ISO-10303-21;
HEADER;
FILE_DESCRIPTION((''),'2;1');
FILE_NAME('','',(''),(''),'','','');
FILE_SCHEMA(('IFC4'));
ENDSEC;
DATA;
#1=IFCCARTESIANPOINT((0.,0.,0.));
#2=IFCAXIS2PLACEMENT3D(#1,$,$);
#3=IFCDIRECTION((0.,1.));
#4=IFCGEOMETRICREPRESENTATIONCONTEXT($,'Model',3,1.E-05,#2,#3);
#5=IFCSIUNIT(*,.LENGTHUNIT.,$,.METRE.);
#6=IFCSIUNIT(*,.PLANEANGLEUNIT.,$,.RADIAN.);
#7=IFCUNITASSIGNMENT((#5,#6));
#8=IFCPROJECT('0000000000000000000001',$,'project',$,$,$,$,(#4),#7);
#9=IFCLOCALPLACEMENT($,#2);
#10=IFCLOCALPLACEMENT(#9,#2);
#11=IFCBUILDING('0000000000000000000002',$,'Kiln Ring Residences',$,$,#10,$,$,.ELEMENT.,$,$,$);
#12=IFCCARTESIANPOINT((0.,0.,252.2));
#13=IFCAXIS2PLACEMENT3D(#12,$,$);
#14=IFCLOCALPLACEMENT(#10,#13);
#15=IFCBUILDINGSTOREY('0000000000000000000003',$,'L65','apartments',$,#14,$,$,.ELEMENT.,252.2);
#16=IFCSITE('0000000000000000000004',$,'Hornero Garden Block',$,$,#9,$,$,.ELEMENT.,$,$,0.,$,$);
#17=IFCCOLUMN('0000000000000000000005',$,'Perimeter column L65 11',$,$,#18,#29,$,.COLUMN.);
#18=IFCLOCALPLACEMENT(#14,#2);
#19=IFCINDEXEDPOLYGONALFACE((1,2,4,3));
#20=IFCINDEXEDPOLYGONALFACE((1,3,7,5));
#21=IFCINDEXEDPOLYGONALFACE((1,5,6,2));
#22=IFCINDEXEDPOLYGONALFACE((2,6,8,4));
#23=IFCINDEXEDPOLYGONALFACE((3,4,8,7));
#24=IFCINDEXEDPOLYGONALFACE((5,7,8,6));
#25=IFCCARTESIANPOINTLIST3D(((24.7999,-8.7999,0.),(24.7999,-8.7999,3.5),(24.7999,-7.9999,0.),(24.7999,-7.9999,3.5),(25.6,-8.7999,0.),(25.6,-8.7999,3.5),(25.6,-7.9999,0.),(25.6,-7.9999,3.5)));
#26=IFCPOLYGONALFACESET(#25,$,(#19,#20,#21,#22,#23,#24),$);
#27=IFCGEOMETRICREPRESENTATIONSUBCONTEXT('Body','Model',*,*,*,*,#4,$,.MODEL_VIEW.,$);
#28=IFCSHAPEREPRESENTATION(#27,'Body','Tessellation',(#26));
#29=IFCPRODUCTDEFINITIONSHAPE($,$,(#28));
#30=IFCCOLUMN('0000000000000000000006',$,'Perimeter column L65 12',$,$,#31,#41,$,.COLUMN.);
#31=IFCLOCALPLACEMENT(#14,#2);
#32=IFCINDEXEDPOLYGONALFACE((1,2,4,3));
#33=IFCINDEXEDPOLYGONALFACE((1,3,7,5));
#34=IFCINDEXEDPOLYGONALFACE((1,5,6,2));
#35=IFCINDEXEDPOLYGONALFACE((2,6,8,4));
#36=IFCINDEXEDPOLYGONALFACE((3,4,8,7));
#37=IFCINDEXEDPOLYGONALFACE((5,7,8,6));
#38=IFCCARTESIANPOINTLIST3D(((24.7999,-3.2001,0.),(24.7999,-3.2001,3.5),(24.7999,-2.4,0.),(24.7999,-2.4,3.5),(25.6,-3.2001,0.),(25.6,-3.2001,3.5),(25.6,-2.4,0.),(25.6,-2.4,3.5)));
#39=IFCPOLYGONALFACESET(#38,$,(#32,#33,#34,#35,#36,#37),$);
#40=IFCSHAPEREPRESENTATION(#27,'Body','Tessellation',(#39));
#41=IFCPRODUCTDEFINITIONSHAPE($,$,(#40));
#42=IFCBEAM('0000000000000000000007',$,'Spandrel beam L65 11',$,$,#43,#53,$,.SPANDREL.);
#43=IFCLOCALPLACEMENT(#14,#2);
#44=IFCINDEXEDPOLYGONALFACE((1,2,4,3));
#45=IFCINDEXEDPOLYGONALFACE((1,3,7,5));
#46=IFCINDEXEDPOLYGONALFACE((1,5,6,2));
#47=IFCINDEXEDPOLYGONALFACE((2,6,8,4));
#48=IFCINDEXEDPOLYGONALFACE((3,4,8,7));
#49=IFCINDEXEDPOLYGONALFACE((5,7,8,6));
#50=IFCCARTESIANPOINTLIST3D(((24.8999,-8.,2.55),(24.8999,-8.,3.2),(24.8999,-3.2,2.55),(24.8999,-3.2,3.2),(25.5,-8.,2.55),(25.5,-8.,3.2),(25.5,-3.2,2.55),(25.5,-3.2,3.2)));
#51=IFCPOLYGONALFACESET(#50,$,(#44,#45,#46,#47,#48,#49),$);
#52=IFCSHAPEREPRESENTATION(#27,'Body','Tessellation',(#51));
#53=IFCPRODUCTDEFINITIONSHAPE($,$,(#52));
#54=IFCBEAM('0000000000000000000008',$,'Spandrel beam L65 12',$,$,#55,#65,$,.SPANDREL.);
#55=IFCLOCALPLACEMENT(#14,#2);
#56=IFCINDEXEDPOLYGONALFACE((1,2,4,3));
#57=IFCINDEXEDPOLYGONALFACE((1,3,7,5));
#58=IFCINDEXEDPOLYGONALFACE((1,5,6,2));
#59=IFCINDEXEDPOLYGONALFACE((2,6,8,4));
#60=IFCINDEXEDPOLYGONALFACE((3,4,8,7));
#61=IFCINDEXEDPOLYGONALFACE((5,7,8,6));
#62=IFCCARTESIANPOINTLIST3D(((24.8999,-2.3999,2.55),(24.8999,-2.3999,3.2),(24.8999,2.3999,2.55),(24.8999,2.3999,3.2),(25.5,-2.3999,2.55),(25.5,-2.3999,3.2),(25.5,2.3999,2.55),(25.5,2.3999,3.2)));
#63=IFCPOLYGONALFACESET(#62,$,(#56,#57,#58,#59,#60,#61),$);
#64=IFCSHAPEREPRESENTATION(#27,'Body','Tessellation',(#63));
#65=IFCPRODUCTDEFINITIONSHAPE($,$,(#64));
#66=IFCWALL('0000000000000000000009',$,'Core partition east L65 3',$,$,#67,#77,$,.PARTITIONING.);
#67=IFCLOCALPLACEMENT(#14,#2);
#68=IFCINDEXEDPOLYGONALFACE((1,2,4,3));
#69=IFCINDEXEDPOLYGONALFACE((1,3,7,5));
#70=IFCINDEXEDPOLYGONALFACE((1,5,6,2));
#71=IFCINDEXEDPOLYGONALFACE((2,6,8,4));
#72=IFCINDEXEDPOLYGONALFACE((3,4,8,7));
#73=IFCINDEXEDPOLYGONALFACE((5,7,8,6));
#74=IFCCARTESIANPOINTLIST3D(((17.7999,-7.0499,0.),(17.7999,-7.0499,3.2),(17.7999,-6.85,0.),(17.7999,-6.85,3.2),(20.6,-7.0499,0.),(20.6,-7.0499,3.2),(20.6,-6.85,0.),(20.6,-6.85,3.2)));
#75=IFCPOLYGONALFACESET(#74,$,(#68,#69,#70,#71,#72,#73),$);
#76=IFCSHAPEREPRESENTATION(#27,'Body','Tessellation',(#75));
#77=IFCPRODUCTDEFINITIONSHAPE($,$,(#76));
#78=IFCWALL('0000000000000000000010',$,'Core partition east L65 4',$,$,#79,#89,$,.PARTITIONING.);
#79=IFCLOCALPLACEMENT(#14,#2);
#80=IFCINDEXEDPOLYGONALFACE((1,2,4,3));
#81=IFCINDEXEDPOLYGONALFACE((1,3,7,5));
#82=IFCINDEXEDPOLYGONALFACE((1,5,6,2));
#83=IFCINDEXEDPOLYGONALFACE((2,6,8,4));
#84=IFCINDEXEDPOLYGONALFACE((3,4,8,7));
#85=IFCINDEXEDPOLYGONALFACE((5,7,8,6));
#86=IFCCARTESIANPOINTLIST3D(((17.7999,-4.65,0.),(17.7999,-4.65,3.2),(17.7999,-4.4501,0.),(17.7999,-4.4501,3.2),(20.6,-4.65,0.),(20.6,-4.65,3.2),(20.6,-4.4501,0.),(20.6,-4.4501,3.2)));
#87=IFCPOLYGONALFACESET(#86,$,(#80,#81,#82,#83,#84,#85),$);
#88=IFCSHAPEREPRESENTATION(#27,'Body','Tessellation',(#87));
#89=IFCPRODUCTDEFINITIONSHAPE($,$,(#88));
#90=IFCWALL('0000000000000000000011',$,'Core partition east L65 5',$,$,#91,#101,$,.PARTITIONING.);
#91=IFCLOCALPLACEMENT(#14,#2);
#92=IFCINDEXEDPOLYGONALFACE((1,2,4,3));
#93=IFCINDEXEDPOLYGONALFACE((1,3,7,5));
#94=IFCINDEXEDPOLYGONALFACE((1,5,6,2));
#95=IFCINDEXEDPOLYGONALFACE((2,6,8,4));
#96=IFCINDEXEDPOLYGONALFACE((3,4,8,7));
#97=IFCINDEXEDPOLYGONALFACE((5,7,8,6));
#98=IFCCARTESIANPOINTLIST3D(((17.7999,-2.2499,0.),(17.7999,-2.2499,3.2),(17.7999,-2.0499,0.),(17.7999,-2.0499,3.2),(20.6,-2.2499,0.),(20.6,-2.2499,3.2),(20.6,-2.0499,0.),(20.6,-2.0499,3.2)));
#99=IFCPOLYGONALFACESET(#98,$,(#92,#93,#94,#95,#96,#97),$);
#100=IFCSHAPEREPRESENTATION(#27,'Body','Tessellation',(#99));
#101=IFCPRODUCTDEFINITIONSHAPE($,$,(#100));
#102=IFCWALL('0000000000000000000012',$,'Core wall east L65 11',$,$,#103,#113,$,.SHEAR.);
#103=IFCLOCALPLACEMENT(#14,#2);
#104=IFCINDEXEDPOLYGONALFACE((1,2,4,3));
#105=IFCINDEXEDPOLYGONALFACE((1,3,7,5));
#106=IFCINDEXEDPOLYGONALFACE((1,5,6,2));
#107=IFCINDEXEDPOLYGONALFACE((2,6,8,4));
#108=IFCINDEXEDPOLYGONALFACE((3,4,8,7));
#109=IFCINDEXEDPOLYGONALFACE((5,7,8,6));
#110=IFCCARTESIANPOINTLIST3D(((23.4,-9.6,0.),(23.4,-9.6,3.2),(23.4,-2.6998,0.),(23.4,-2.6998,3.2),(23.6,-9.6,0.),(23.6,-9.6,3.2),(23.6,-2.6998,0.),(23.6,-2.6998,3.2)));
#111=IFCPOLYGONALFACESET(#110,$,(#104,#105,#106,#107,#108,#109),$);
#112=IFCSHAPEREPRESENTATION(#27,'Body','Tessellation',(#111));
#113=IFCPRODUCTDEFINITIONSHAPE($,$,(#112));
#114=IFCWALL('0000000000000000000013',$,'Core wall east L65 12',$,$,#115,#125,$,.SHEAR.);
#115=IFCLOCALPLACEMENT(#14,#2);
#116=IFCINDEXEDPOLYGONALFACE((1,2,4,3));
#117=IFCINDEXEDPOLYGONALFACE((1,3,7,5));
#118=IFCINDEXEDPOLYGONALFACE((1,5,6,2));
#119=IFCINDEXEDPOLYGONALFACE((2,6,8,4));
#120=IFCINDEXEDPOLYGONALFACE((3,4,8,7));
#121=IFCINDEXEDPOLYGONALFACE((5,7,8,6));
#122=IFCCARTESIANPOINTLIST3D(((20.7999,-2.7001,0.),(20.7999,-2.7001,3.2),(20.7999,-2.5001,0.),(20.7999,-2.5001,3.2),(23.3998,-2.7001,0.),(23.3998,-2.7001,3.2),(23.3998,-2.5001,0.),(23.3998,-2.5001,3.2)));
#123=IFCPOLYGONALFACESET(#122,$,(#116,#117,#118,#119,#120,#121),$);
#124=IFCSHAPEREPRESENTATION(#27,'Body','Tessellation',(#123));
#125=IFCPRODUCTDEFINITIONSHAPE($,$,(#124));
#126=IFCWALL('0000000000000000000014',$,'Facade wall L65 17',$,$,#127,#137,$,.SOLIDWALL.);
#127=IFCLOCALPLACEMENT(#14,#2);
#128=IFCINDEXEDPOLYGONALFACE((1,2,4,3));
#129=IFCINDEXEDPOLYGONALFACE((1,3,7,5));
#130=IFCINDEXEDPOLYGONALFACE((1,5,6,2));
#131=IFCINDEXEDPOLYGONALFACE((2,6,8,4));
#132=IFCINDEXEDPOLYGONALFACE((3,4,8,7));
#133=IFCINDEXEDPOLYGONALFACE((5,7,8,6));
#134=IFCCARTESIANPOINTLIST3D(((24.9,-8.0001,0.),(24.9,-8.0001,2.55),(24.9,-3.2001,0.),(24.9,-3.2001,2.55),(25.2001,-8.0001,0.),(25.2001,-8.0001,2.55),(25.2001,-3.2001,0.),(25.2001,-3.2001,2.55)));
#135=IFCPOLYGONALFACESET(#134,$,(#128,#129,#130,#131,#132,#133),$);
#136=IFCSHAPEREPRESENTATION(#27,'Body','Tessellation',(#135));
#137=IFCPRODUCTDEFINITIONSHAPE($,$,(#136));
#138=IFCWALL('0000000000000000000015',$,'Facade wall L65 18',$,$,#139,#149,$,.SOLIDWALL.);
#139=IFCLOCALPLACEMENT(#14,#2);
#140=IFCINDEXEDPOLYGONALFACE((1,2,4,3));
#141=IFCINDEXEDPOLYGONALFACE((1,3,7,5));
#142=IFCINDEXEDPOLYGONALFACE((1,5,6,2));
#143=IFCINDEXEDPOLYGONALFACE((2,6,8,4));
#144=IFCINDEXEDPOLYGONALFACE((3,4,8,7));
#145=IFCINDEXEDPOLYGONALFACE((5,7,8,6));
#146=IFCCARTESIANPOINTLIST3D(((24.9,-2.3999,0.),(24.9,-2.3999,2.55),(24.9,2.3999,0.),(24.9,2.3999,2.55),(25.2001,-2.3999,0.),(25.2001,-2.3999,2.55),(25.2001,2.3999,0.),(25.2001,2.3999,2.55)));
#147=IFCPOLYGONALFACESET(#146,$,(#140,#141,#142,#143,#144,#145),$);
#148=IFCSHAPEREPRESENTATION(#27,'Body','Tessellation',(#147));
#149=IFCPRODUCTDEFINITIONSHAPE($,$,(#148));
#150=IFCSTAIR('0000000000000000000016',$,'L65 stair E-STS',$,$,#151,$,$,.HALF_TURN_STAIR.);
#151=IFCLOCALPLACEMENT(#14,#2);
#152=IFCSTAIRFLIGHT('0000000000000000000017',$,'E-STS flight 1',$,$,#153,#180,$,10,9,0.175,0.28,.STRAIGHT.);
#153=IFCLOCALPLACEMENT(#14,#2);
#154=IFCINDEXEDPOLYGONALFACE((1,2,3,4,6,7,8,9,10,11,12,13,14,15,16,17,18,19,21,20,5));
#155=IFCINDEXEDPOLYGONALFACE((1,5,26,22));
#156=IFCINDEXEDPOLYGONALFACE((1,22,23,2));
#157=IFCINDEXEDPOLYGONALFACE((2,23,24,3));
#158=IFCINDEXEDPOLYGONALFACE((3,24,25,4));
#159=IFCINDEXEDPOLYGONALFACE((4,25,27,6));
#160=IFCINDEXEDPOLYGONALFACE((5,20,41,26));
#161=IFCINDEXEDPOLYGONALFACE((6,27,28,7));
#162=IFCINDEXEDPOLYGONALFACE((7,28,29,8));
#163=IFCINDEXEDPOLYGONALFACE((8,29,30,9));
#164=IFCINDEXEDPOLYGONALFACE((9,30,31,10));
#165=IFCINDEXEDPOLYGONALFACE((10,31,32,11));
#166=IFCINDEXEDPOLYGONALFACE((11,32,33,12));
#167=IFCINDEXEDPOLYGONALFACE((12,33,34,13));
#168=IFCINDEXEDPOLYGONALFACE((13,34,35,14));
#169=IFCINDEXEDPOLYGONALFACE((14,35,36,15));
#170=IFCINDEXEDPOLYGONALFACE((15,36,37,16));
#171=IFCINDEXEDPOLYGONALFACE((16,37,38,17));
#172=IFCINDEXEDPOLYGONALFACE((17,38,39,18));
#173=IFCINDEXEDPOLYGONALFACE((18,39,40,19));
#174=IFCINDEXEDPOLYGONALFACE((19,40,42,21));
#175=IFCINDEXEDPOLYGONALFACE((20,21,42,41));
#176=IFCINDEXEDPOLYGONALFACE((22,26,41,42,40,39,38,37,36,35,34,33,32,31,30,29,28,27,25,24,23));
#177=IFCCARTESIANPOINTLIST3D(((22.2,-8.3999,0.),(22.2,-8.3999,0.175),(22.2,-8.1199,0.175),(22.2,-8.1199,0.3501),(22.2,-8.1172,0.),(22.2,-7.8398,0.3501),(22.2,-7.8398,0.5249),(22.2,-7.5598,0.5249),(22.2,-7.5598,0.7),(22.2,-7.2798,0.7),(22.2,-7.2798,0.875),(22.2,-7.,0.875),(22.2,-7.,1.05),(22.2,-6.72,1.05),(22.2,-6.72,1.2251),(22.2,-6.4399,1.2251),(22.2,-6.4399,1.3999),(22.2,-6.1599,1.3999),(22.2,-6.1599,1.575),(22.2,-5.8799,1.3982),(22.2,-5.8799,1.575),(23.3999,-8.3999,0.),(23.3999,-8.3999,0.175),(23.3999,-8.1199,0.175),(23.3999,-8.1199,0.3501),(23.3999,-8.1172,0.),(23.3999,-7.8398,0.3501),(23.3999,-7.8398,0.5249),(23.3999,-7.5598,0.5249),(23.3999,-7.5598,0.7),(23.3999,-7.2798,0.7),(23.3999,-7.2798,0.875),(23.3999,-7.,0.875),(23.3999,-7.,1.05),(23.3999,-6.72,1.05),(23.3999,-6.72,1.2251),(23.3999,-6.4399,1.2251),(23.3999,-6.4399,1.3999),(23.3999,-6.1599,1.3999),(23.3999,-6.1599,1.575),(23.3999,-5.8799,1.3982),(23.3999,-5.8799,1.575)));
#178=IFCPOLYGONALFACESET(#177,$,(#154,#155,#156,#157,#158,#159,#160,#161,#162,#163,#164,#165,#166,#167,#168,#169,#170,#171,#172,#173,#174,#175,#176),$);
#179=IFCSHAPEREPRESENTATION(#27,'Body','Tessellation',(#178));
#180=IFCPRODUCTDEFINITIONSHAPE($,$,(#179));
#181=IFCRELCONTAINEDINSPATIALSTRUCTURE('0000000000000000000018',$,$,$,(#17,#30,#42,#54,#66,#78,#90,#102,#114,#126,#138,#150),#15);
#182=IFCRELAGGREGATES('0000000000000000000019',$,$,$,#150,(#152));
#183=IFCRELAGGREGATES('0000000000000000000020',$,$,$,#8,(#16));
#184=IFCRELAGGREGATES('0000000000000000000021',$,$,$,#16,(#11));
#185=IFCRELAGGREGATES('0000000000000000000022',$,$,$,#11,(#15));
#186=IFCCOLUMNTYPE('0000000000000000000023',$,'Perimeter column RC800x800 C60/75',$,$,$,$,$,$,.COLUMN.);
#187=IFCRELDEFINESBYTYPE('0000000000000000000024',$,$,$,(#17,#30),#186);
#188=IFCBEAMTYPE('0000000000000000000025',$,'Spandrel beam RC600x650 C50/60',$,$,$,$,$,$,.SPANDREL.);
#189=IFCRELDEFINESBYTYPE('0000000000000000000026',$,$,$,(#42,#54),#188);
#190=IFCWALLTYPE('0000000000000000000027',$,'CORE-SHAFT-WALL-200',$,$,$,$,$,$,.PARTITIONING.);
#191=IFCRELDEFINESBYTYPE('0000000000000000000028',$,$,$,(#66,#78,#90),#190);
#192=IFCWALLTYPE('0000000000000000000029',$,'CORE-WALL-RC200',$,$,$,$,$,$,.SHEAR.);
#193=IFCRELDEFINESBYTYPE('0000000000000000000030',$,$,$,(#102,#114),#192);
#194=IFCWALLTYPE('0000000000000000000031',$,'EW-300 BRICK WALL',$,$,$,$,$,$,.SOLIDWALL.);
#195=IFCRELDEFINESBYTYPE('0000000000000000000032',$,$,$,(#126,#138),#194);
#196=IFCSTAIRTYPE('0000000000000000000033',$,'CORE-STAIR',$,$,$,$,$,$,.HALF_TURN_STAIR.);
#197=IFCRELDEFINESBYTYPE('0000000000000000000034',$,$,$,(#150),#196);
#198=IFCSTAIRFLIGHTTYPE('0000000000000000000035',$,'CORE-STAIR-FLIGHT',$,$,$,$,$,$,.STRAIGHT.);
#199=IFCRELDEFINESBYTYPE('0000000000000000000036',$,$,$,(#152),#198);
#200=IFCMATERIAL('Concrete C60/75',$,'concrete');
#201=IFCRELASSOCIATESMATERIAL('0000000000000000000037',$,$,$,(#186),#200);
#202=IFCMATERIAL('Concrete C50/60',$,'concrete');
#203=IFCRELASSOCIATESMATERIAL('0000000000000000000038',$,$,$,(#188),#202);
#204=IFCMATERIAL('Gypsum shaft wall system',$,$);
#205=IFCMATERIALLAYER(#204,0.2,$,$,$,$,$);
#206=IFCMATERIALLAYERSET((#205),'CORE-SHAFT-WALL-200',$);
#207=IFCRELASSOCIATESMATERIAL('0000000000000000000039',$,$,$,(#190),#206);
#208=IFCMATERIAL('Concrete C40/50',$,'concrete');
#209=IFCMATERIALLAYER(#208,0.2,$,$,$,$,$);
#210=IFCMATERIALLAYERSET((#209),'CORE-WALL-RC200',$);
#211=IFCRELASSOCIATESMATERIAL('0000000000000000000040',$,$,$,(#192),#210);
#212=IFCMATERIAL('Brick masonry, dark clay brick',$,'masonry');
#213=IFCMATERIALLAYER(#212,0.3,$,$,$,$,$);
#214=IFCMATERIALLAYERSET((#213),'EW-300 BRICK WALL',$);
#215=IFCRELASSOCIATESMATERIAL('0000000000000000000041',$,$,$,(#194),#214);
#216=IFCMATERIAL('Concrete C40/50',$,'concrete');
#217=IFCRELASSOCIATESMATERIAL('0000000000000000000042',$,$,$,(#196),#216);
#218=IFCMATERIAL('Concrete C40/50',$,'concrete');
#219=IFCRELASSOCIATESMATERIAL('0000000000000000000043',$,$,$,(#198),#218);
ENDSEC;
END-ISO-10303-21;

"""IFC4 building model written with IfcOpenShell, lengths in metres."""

from ifc_helpers import new_model, si_unit, direction, frame, frame_2d, origin, origin_2d, place, context, subcontext, project, spatial, polyline, rectangle, outline, extrude, material, layer, layer_set, material_profile, profile_set, type_object, element, aggregate, save


model = new_model("IFC4")

# Units and contexts
model_context = context("Model", 3, precision=1e-05, world=origin(), true_north=direction((0.0, 1.0)))
body_context = subcontext(model_context, "Body", "Model", "MODEL_VIEW")
ifc_project = project(units=[si_unit("LENGTHUNIT", "METRE"), si_unit("PLANEANGLEUNIT", "RADIAN")], contexts=[model_context])

# Site, building, storey
site_placement = place(None, origin())
site = spatial("IfcSite", under=ifc_project, at=site_placement, Name="Hornero Garden Block", CompositionType="ELEMENT", RefElevation=0.0)
building_placement = place(site_placement, origin())
building = spatial("IfcBuilding", under=site, at=building_placement, Name="Kiln Ring Residences", CompositionType="ELEMENT")
storey_placement = place(building_placement, frame((0.0, 0.0, 252.2)))
storey = spatial("IfcBuildingStorey", under=building, at=storey_placement, Name="L65", Description="apartments", CompositionType="ELEMENT", Elevation=252.2)

# Columns
ifc_material_1 = material(Name="Concrete C60/75", Category="concrete")
ifc_material_profile_1 = material_profile(ifc_material_1, rectangle(XDim=0.8, YDim=0.8, at=origin_2d()), Name="RC800x800")
ifc_profile_set_1 = profile_set([ifc_material_profile_1], Name="Concrete C60/75")
column_type = type_object("IfcColumnType", Name="Perimeter column RC800x800 C60/75", PredefinedType="COLUMN", material=ifc_profile_set_1)
for number, where, z_axis, x_axis, name in (
    (1, (25.2, -8.3999, 0.0), (0.0, 0.0, 1.0), (1.0, 0.0, 0.0), "Perimeter column L65 11"),
    (2, (25.2, -2.8, 0.0), (0.0, 0.0, 1.0), (1.0, 0.0, 0.0), "Perimeter column L65 12"),
):
    element("IfcColumn", number, at=place(storey_placement, frame(where, z_axis=z_axis, x_axis=x_axis)), inside=storey, type_object=column_type, Name=name, PredefinedType="COLUMN", context=body_context, shape_type="SweptSolid", body=[
        extrude(rectangle(XDim=0.8, YDim=0.8, at=origin_2d()), origin(), (0.0, 0.0, 1.0), 3.5),
    ])

# Beams
ifc_material_2 = material(Name="Concrete C50/60", Category="concrete")
ifc_material_profile_2 = material_profile(ifc_material_2, rectangle(XDim=0.6001, YDim=0.6499, at=origin_2d()), Name="RC600x650")
ifc_profile_set_2 = profile_set([ifc_material_profile_2], Name="Concrete C50/60")
beam_type = type_object("IfcBeamType", Name="Spandrel beam RC600x650 C50/60", PredefinedType="SPANDREL", material=ifc_profile_set_2)
beam_1_placement = place(storey_placement, frame((25.2, -8.0, 2.875), z_axis=(0.0, 1.0, 0.0), x_axis=(-1.0, 0.0, 0.0)))
element("IfcBeam", 3, at=beam_1_placement, inside=storey, type_object=beam_type, Name="Spandrel beam L65 11", PredefinedType="SPANDREL", context=body_context, shape_type="SweptSolid", body=[
    extrude(rectangle(XDim=0.6001, YDim=0.6499, at=origin_2d()), origin(), (0.0, 0.0, 1.0), 4.8),
])
beam_2_placement = place(storey_placement, frame((25.2, -2.3999, 2.875), z_axis=(0.0, 1.0, 0.0), x_axis=(-1.0, 0.0, 0.0)))
element("IfcBeam", 4, at=beam_2_placement, inside=storey, type_object=beam_type, Name="Spandrel beam L65 12", PredefinedType="SPANDREL", context=body_context, shape_type="SweptSolid", body=[
    extrude(rectangle(XDim=0.6001, YDim=0.6499, at=origin_2d()), origin(), (0.0, 0.0, 1.0), 4.7998),
])

# Walls
ifc_material_3 = material(Name="Gypsum shaft wall system")
ifc_layer_1 = layer(ifc_material_3, 0.2)
ifc_layer_set_1 = layer_set([ifc_layer_1], Name="CORE-SHAFT-WALL-200")
wall_type_1 = type_object("IfcWallType", Name="CORE-SHAFT-WALL-200", PredefinedType="PARTITIONING", material=ifc_layer_set_1)
for number, where, z_axis, x_axis, name in (
    (5, (17.8, -6.95, 0.0), (0.0, 0.0, 1.0), (1.0, 0.0, 0.0), "Core partition east L65 3"),
    (6, (17.8, -4.55, 0.0), (0.0, 0.0, 1.0), (1.0, 0.0, 0.0), "Core partition east L65 4"),
    (7, (17.8, -2.1499, 0.0), (0.0, 0.0, 1.0), (1.0, 0.0, 0.0), "Core partition east L65 5"),
):
    element("IfcWall", number, at=place(storey_placement, frame(where, z_axis=z_axis, x_axis=x_axis)), inside=storey, type_object=wall_type_1, Name=name, PredefinedType="PARTITIONING", context=body_context, shape_type="SweptSolid", body=[
        extrude(rectangle(XDim=2.8, YDim=0.2, at=frame_2d((1.3999, 0.0))), origin(), (0.0, 0.0, 1.0), 3.2),
    ])
ifc_material_4 = material(Name="Concrete C40/50", Category="concrete")
ifc_layer_2 = layer(ifc_material_4, 0.2)
ifc_layer_set_2 = layer_set([ifc_layer_2], Name="CORE-WALL-RC200")
wall_type_2 = type_object("IfcWallType", Name="CORE-WALL-RC200", PredefinedType="SHEAR", material=ifc_layer_set_2)
wall_1_placement = place(storey_placement, frame((23.5, -9.6001, 0.0), z_axis=(0.0, 0.0, 1.0), x_axis=(0.0, 1.0, 0.0)))
element("IfcWall", 8, at=wall_1_placement, inside=storey, type_object=wall_type_2, Name="Core wall east L65 11", PredefinedType="SHEAR", context=body_context, shape_type="SweptSolid", body=[
    extrude(rectangle(XDim=6.9001, YDim=0.2, at=frame_2d((3.4502, 0.0))), origin(), (0.0, 0.0, 1.0), 3.2),
])
wall_2_placement = place(storey_placement, frame((20.8, -2.6001, 0.0), z_axis=(0.0, 0.0, 1.0), x_axis=(1.0, 0.0, 0.0)))
element("IfcWall", 9, at=wall_2_placement, inside=storey, type_object=wall_type_2, Name="Core wall east L65 12", PredefinedType="SHEAR", context=body_context, shape_type="SweptSolid", body=[
    extrude(rectangle(XDim=2.5999, YDim=0.2, at=frame_2d((1.2998, 0.0))), origin(), (0.0, 0.0, 1.0), 3.2),
])
ifc_material_5 = material(Name="Brick masonry, dark clay brick", Category="masonry")
ifc_layer_3 = layer(ifc_material_5, 0.3)
ifc_layer_set_3 = layer_set([ifc_layer_3], Name="EW-300 BRICK WALL")
wall_type_3 = type_object("IfcWallType", Name="EW-300 BRICK WALL", PredefinedType="SOLIDWALL", material=ifc_layer_set_3)
wall_3_placement = place(storey_placement, frame((25.05, -8.0, 0.0), z_axis=(0.0, 0.0, 1.0), x_axis=(0.0, 1.0, 0.0)))
element("IfcWall", 10, at=wall_3_placement, inside=storey, type_object=wall_type_3, Name="Facade wall L65 17", PredefinedType="SOLIDWALL", context=body_context, shape_type="SweptSolid", body=[
    extrude(rectangle(XDim=4.8, YDim=0.3, at=frame_2d((2.3999, 0.0))), origin(), (0.0, 0.0, 1.0), 2.55),
])
wall_4_placement = place(storey_placement, frame((25.05, -2.3999, 0.0), z_axis=(0.0, 0.0, 1.0), x_axis=(0.0, 1.0, 0.0)))
element("IfcWall", 11, at=wall_4_placement, inside=storey, type_object=wall_type_3, Name="Facade wall L65 18", PredefinedType="SOLIDWALL", context=body_context, shape_type="SweptSolid", body=[
    extrude(rectangle(XDim=4.7998, YDim=0.3, at=frame_2d((2.3999, 0.0))), origin(), (0.0, 0.0, 1.0), 2.55),
])

# Stair, stair flight
ifc_material_6 = material(Name="Concrete C40/50", Category="concrete")
stair_type = type_object("IfcStairType", Name="CORE-STAIR", PredefinedType="HALF_TURN_STAIR", material=ifc_material_6)
stair_placement = place(storey_placement, origin())
stair = element("IfcStair", 12, at=stair_placement, inside=storey, type_object=stair_type, Name="L65 stair E-STS", PredefinedType="HALF_TURN_STAIR")
ifc_material_7 = material(Name="Concrete C40/50", Category="concrete")
stair_flight_type = type_object("IfcStairFlightType", Name="CORE-STAIR-FLIGHT", PredefinedType="STRAIGHT", material=ifc_material_7)
stair_flight_1_placement = place(storey_placement, frame((22.8, -8.3999, 0.0), z_axis=(0.0, 0.0, 1.0), x_axis=(0.0, 1.0, 0.0)))
stair_flight_1 = element("IfcStairFlight", 13, at=stair_flight_1_placement, type_object=stair_flight_type, Name="E-STS flight 1", NumberOfRisers=10, NumberOfTreads=9, PredefinedType="STRAIGHT", RiserHeight=0.175, TreadLength=0.28, context=body_context, shape_type="SweptSolid", body=[
    extrude(outline(polyline([(0.0, 0.0), (0.0, 0.175), (0.28, 0.175), (0.28, 0.3501), (0.5601, 0.3501), (0.5601, 0.5249), (0.8401, 0.5249), (0.8401, 0.7), (1.1201, 0.7), (1.1201, 0.875), (1.3999, 0.875), (1.3999, 1.05), (1.6799, 1.05), (1.6799, 1.2251), (1.96, 1.2251), (1.96, 1.3999), (2.24, 1.3999), (2.24, 1.575), (2.52, 1.575), (2.52, 1.75), (2.52, 1.3982), (0.2827, 0.0), (0.0, 0.0)])), frame((0.0, 0.6001, 0.0), z_axis=(0.0, -1.0, 0.0), x_axis=(1.0, 0.0, 0.0)), (0.0, 0.0, 1.0), 1.2),
])
aggregate(stair, [stair_flight_1])

save(model, "model.ifc")
